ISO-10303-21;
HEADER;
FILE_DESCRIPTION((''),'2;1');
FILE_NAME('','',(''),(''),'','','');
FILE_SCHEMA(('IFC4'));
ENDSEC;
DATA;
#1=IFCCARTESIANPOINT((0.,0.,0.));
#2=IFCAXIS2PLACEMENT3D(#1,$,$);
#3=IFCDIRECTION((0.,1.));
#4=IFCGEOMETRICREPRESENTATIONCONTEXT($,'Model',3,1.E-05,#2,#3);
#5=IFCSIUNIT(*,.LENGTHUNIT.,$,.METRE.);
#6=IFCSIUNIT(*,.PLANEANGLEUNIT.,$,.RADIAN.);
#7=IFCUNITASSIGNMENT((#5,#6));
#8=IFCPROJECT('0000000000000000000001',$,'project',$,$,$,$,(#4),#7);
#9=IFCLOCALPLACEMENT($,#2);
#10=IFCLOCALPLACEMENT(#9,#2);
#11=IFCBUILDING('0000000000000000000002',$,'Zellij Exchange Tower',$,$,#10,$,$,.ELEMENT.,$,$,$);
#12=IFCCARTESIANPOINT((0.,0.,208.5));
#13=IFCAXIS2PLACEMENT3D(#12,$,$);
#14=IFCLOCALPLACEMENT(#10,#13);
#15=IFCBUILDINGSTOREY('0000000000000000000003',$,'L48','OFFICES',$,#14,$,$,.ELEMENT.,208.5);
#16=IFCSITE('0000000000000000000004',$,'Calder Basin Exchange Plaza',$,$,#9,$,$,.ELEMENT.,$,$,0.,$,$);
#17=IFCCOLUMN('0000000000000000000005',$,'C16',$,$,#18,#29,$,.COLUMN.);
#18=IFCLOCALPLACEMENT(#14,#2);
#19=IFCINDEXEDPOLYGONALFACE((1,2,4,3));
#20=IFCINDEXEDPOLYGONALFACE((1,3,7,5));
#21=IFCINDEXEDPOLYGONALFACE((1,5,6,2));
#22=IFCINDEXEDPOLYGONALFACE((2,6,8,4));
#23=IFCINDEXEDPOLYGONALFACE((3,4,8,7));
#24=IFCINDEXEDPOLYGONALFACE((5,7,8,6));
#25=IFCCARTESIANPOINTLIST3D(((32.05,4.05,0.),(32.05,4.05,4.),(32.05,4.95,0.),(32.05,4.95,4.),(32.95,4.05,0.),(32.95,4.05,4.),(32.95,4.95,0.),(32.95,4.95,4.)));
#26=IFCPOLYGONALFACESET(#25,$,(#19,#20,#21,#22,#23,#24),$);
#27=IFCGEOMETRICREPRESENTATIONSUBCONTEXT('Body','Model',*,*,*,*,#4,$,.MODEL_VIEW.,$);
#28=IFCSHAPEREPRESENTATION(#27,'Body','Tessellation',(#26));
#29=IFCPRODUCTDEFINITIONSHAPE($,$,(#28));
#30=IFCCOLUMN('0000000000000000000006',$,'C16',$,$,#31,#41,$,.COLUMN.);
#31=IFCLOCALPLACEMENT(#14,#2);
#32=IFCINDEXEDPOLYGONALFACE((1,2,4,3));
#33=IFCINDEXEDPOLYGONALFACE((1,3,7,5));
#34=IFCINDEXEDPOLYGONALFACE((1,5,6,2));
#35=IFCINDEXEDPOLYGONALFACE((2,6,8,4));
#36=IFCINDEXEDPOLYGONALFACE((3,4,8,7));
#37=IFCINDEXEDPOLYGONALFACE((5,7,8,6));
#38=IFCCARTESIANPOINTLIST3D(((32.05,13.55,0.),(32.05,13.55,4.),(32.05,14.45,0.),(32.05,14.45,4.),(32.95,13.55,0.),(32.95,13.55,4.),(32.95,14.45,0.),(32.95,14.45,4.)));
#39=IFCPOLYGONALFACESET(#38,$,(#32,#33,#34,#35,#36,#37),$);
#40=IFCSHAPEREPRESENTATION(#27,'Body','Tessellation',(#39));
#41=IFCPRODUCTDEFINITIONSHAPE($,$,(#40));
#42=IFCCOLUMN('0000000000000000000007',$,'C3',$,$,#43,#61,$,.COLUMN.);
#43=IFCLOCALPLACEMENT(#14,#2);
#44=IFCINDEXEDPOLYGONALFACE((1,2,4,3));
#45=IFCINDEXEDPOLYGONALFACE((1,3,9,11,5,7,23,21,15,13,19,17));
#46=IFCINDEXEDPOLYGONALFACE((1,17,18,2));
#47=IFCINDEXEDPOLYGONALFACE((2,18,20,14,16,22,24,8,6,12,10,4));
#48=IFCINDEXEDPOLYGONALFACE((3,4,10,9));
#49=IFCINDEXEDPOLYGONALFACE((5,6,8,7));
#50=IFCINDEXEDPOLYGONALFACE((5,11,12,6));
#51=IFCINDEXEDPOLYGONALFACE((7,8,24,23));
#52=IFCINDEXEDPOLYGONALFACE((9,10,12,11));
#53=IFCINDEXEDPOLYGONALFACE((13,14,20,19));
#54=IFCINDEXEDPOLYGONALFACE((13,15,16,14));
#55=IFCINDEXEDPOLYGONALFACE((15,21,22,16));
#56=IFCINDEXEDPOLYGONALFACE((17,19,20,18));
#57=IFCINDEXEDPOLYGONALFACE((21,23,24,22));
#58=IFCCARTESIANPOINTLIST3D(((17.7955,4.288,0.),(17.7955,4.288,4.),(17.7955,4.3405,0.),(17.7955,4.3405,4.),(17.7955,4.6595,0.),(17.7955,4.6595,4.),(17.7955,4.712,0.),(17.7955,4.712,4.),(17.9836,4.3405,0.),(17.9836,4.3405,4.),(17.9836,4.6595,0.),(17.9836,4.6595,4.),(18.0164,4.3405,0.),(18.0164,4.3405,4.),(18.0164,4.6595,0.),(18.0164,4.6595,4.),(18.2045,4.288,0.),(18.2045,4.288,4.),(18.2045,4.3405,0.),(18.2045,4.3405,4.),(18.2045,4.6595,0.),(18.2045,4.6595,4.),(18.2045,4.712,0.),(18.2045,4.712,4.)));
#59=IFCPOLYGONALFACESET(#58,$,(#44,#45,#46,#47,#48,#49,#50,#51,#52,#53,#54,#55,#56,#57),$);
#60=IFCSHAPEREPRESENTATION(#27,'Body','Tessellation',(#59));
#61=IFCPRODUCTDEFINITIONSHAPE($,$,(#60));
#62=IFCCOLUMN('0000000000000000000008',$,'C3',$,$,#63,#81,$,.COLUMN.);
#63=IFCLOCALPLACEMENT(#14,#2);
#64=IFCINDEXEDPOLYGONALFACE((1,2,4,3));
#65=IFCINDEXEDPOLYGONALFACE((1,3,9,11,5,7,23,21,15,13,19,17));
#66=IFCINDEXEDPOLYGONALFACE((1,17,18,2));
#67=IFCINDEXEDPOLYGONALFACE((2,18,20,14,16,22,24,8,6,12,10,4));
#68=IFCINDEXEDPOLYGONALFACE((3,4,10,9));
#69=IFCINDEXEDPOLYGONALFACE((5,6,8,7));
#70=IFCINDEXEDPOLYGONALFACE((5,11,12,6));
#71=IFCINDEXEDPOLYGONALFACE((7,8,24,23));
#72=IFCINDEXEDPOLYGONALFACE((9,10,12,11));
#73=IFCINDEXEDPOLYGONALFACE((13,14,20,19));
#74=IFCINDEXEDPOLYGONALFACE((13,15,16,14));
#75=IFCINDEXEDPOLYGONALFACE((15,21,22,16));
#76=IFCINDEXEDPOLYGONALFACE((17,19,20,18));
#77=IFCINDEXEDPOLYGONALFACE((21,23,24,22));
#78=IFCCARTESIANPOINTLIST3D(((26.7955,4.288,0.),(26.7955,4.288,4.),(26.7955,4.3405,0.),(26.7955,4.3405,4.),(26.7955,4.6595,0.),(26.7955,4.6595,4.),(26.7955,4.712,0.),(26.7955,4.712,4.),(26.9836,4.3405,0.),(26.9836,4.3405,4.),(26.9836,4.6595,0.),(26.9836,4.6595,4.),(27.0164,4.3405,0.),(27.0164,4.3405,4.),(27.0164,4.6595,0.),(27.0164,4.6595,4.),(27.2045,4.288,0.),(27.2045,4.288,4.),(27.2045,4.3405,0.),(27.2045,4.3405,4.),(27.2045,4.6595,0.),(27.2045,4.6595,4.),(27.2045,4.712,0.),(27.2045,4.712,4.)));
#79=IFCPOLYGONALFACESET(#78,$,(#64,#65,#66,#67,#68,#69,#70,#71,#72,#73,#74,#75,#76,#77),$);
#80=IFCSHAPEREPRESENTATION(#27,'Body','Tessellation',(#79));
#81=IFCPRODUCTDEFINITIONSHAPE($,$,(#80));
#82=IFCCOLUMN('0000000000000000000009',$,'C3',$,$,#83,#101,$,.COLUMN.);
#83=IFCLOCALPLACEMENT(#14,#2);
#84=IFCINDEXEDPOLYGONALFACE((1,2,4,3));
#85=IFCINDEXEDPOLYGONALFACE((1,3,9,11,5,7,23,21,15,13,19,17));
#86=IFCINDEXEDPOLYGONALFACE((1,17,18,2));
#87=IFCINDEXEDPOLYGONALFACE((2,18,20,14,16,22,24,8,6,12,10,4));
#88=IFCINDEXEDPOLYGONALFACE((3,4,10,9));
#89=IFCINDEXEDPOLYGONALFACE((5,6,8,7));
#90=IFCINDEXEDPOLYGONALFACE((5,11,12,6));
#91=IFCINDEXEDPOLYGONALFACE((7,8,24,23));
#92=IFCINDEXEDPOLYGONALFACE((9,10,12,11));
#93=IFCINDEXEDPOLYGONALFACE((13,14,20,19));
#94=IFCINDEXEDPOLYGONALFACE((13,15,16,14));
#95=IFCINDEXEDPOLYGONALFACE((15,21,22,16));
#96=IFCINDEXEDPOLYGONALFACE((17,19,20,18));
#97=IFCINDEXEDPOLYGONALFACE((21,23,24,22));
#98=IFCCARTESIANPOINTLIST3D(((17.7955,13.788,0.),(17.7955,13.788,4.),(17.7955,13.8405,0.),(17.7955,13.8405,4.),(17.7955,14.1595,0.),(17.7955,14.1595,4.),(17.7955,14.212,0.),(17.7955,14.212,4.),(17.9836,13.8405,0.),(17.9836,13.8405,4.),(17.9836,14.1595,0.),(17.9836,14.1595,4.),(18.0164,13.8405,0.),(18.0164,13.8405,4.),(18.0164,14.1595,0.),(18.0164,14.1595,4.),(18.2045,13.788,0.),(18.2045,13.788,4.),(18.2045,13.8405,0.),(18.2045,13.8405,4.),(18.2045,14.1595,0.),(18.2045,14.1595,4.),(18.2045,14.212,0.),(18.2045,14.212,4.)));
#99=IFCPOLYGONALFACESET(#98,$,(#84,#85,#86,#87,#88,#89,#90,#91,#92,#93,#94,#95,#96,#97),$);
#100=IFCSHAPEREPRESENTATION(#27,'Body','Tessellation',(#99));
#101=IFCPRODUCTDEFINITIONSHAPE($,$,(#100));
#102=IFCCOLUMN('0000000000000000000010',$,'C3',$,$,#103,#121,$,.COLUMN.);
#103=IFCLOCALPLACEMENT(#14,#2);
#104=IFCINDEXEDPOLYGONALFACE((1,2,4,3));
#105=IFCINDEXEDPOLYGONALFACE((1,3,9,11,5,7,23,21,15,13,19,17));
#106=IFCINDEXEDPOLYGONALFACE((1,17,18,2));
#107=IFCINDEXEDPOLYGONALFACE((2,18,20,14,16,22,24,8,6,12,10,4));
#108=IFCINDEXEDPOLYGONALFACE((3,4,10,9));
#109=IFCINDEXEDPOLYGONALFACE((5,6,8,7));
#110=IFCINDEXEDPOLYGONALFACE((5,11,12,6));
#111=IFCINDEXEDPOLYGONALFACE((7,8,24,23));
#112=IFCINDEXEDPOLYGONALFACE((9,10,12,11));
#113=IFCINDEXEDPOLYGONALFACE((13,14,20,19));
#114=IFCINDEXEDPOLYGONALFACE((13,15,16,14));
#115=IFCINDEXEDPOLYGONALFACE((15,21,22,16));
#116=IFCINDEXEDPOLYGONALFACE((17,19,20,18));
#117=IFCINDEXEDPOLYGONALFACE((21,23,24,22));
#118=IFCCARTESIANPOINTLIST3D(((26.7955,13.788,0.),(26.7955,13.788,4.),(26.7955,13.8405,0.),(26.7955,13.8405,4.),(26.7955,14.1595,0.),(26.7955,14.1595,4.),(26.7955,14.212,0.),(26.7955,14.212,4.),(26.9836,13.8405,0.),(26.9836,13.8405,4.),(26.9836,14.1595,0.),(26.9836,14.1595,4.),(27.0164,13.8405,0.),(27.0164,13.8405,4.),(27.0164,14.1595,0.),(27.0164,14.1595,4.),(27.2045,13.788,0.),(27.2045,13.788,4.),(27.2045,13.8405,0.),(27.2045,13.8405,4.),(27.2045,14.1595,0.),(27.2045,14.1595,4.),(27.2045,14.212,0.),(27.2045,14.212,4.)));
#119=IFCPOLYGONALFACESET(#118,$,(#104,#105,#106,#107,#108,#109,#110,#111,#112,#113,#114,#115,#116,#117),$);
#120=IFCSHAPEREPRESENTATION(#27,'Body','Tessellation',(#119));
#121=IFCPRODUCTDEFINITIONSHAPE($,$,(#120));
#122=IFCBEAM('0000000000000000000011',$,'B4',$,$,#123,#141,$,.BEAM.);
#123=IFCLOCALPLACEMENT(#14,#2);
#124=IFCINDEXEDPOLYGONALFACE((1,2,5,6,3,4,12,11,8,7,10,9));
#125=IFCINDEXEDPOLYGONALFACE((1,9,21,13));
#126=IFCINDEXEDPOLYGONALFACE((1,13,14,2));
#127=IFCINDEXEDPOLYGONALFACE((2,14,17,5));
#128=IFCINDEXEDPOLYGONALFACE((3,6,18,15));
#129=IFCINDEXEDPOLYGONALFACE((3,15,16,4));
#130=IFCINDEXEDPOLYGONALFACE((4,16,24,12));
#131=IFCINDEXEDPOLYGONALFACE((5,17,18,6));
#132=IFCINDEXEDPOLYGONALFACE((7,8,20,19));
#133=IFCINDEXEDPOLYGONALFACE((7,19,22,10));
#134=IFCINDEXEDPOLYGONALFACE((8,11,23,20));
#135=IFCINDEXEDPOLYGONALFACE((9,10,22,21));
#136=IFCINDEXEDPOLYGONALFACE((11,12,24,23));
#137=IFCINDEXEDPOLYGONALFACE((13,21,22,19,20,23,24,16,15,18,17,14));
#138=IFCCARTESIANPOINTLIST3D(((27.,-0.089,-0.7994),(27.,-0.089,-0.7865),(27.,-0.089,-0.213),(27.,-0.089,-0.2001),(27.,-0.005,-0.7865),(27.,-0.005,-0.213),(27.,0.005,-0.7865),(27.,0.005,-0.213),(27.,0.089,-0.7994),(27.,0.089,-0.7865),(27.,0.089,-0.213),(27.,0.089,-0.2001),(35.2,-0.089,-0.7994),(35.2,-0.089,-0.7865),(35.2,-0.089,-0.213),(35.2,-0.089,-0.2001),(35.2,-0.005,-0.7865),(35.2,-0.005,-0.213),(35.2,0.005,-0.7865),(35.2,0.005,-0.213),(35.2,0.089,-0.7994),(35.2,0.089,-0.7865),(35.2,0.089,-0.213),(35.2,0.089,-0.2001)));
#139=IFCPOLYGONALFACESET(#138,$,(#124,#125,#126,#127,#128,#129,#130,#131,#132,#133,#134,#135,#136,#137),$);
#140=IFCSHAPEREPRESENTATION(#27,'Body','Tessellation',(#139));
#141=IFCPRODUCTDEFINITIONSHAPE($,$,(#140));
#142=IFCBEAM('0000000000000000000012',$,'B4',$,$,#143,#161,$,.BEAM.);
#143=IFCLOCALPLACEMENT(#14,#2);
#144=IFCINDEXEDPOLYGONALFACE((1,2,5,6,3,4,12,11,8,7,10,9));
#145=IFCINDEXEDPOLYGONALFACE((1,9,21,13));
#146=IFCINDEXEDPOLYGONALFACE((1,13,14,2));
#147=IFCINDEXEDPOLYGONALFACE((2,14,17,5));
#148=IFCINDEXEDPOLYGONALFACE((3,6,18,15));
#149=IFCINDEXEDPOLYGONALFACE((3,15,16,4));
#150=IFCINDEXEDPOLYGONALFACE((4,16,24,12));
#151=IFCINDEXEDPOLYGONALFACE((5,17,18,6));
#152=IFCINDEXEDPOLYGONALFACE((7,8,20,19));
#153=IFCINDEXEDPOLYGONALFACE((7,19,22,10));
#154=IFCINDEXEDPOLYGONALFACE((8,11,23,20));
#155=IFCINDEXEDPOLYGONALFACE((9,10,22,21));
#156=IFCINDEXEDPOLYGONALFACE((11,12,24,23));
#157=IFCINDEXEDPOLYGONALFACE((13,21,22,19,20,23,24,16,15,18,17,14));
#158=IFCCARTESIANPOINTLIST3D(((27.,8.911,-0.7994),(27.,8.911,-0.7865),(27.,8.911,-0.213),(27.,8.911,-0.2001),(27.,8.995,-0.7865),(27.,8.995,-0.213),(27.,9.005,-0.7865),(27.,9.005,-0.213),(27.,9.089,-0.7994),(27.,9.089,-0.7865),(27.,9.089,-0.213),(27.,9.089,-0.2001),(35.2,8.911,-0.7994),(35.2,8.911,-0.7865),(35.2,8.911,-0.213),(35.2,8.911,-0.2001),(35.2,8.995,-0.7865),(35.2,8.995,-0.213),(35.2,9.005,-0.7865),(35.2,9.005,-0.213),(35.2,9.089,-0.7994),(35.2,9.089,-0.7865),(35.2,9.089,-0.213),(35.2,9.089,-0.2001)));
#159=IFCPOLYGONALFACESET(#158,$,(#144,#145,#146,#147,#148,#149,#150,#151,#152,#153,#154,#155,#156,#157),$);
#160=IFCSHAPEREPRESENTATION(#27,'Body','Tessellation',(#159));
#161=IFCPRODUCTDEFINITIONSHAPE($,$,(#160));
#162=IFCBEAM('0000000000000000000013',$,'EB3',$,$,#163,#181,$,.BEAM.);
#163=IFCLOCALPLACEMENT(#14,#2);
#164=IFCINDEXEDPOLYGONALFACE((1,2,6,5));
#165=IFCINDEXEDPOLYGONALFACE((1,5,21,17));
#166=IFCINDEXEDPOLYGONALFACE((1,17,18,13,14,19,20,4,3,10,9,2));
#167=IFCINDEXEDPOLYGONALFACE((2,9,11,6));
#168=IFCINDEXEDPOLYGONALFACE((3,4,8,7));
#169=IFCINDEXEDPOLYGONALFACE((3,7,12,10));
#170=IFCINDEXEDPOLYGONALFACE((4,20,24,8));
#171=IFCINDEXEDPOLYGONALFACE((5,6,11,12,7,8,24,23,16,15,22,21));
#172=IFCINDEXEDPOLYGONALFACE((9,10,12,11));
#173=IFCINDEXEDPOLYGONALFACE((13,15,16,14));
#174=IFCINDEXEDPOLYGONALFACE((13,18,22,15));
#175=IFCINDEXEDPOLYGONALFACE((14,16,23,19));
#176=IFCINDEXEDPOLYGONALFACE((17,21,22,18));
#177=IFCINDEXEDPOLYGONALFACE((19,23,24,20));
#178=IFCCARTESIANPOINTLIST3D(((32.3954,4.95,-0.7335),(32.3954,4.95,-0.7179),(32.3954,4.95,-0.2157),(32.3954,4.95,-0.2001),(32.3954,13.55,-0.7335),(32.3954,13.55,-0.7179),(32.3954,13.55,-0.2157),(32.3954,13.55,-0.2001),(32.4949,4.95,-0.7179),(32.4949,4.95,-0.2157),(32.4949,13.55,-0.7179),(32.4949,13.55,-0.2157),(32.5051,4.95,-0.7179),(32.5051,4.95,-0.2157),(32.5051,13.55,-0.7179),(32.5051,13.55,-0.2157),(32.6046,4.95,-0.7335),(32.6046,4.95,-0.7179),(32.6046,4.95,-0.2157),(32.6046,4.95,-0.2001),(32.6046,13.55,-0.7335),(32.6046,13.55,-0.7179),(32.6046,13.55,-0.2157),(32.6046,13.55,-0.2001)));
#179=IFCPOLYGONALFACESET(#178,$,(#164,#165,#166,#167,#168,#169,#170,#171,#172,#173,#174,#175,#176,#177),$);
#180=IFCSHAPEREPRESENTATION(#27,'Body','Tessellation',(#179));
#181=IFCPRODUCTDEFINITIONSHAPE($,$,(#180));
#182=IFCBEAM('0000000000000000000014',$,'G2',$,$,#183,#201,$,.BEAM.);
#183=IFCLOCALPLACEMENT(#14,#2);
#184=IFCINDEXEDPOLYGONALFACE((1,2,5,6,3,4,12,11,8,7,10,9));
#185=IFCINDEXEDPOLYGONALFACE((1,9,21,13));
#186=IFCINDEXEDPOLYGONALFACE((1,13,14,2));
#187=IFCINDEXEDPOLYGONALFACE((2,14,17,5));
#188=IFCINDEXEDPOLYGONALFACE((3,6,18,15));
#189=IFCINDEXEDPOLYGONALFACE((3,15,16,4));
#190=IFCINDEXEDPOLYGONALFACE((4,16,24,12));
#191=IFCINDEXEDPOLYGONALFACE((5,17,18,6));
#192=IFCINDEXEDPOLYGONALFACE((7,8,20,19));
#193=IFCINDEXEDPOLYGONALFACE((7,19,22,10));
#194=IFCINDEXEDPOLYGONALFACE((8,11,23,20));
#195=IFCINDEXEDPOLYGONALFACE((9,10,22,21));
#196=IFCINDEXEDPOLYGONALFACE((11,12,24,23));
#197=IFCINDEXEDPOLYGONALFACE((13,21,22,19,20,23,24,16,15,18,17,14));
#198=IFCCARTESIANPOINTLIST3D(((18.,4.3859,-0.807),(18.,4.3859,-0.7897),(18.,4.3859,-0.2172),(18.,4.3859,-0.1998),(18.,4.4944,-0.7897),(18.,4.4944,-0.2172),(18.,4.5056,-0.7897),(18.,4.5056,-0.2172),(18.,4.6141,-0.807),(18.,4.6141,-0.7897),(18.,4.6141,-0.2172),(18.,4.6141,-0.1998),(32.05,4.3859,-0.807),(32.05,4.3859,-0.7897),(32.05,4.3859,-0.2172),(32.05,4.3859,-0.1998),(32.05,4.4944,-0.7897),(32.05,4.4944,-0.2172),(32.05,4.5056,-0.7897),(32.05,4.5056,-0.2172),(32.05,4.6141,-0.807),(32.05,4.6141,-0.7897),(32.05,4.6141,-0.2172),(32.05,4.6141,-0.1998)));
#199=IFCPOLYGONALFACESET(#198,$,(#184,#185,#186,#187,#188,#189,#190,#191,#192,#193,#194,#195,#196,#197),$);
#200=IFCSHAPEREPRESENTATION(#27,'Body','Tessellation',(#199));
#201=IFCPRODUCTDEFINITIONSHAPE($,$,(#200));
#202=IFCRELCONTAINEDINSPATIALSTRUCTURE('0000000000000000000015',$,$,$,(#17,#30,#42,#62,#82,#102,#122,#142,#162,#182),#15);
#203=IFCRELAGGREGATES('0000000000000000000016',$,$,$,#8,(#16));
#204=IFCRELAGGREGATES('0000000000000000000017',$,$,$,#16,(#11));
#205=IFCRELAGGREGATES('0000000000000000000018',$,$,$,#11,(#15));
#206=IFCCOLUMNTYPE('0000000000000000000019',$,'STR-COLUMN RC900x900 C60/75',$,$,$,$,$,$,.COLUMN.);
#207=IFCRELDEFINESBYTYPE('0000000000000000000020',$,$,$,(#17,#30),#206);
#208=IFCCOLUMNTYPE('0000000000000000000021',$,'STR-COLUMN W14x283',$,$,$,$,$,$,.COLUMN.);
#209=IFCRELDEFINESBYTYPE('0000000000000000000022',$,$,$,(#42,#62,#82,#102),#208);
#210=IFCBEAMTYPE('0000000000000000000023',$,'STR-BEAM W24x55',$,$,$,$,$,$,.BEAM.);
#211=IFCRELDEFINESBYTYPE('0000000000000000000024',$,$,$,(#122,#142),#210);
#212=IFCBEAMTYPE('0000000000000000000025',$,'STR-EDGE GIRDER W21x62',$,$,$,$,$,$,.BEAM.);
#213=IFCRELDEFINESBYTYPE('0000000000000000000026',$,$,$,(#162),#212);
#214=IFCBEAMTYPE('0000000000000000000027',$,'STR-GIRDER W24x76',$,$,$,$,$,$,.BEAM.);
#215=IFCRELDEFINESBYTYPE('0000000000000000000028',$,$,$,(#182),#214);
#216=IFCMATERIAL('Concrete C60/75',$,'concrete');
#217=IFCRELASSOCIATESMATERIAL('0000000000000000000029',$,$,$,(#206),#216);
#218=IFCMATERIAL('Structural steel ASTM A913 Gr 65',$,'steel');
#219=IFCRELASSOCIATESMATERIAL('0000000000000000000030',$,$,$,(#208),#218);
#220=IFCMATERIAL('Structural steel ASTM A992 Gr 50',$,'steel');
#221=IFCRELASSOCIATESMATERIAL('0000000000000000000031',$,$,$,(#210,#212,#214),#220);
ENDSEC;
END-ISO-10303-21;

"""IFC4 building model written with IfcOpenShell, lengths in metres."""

from ifc_helpers import new_model, si_unit, direction, frame, origin, origin_2d, place, context, subcontext, project, spatial, rectangle, i_section, extrude, material, material_profile, profile_set, type_object, element, save


model = new_model("IFC4")

# Units and contexts
model_context = context("Model", 3, precision=1e-05, world=origin(), true_north=direction((0.0, 1.0)))
body_context = subcontext(model_context, "Body", "Model", "MODEL_VIEW")
ifc_project = project(units=[si_unit("LENGTHUNIT", "METRE"), si_unit("PLANEANGLEUNIT", "RADIAN")], contexts=[model_context])

# Site, building, storey
site_placement = place(None, origin())
site = spatial("IfcSite", under=ifc_project, at=site_placement, Name="Calder Basin Exchange Plaza", CompositionType="ELEMENT", RefElevation=0.0)
building_placement = place(site_placement, origin())
building = spatial("IfcBuilding", under=site, at=building_placement, Name="Zellij Exchange Tower", CompositionType="ELEMENT")
storey_placement = place(building_placement, frame((0.0, 0.0, 208.5)))
storey = spatial("IfcBuildingStorey", under=building, at=storey_placement, Name="L48", Description="OFFICES", CompositionType="ELEMENT", Elevation=208.5)

# Columns
ifc_material_1 = material(Name="Concrete C60/75", Category="concrete")
ifc_material_profile_1 = material_profile(ifc_material_1, rectangle(XDim=0.8999, YDim=0.8999, at=origin_2d()), Name="STR-COLUMN RC900x900 C60/75")
ifc_profile_set_1 = profile_set([ifc_material_profile_1], Name="Concrete C60/75")
column_type_1 = type_object("IfcColumnType", Name="STR-COLUMN RC900x900 C60/75", PredefinedType="COLUMN", material=ifc_profile_set_1)
for number, where, z_axis, x_axis, name in (
    (1, (32.5, 4.5, 0.0), (0.0, 0.0, 1.0), (1.0, 0.0, 0.0), "C16"),
    (2, (32.5, 14.0, 0.0), (0.0, 0.0, 1.0), (1.0, 0.0, 0.0), "C16"),
):
    element("IfcColumn", number, at=place(storey_placement, frame(where, z_axis=z_axis, x_axis=x_axis)), inside=storey, type_object=column_type_1, Name=name, PredefinedType="COLUMN", context=body_context, shape_type="SweptSolid", body=[
        extrude(rectangle(XDim=0.8999, YDim=0.8999, at=origin_2d()), origin(), (0.0, 0.0, 1.0), 4.0),
    ])
ifc_material_2 = material(Name="Structural steel ASTM A913 Gr 65", Category="steel")
ifc_material_profile_2 = material_profile(ifc_material_2, i_section(OverallWidth=0.4089, OverallDepth=0.4241, WebThickness=0.0327, FlangeThickness=0.0525, at=origin_2d()), Name="W14x283")
ifc_profile_set_2 = profile_set([ifc_material_profile_2], Name="Structural steel ASTM A913 Gr 65")
column_type_2 = type_object("IfcColumnType", Name="STR-COLUMN W14x283", PredefinedType="COLUMN", material=ifc_profile_set_2)
for number, where, z_axis, x_axis, name in (
    (3, (18.0, 4.5, 0.0), (0.0, 0.0, 1.0), (1.0, 0.0, 0.0), "C3"),
    (4, (27.0, 4.5, 0.0), (0.0, 0.0, 1.0), (1.0, 0.0, 0.0), "C3"),
    (5, (18.0, 14.0, 0.0), (0.0, 0.0, 1.0), (1.0, 0.0, 0.0), "C3"),
    (6, (27.0, 14.0, 0.0), (0.0, 0.0, 1.0), (1.0, 0.0, 0.0), "C3"),
):
    element("IfcColumn", number, at=place(storey_placement, frame(where, z_axis=z_axis, x_axis=x_axis)), inside=storey, type_object=column_type_2, Name=name, PredefinedType="COLUMN", context=body_context, shape_type="SweptSolid", body=[
        extrude(i_section(OverallWidth=0.4089, OverallDepth=0.4241, WebThickness=0.0327, FlangeThickness=0.0525, at=origin_2d()), origin(), (0.0, 0.0, 1.0), 4.0),
    ])

# Beams
ifc_material_3 = material(Name="Structural steel ASTM A992 Gr 50", Category="steel")
ifc_material_profile_3 = material_profile(ifc_material_3, i_section(OverallWidth=0.178, OverallDepth=0.5994, WebThickness=0.01, FlangeThickness=0.0129, at=origin_2d()), Name="W24x55")
ifc_profile_set_3 = profile_set([ifc_material_profile_3], Name="Structural steel ASTM A992 Gr 50")
beam_type_1 = type_object("IfcBeamType", Name="STR-BEAM W24x55", PredefinedType="BEAM", material=ifc_profile_set_3)
for number, where, z_axis, x_axis, name in (
    (7, (27.0, 0.0, -0.4998), (1.0, 0.0, 0.0), (0.0, 1.0, 0.0), "B4"),
    (8, (27.0, 9.0, -0.4998), (1.0, 0.0, 0.0), (0.0, 1.0, 0.0), "B4"),
):
    element("IfcBeam", number, at=place(storey_placement, frame(where, z_axis=z_axis, x_axis=x_axis)), inside=storey, type_object=beam_type_1, Name=name, PredefinedType="BEAM", context=body_context, shape_type="SweptSolid", body=[
        extrude(i_section(OverallWidth=0.178, OverallDepth=0.5994, WebThickness=0.01, FlangeThickness=0.0129, at=origin_2d()), origin(), (0.0, 0.0, 1.0), 8.2),
    ])
ifc_material_profile_4 = material_profile(ifc_material_3, i_section(OverallWidth=0.2092, OverallDepth=0.5334, WebThickness=0.0103, FlangeThickness=0.0156, at=origin_2d()), Name="W21x62")
ifc_profile_set_4 = profile_set([ifc_material_profile_4], Name="Structural steel ASTM A992 Gr 50")
beam_type_2 = type_object("IfcBeamType", Name="STR-EDGE GIRDER W21x62", PredefinedType="BEAM", material=ifc_profile_set_4)
beam_1_placement = place(storey_placement, frame((32.5, 4.95, -0.4668), z_axis=(0.0, 1.0, 0.0), x_axis=(-1.0, 0.0, 0.0)))
element("IfcBeam", 9, at=beam_1_placement, inside=storey, type_object=beam_type_2, Name="EB3", PredefinedType="BEAM", context=body_context, shape_type="SweptSolid", body=[
    extrude(i_section(OverallWidth=0.2092, OverallDepth=0.5334, WebThickness=0.0103, FlangeThickness=0.0156, at=origin_2d()), origin(), (0.0, 0.0, 1.0), 8.6001),
])
ifc_material_profile_5 = material_profile(ifc_material_3, i_section(OverallWidth=0.2283, OverallDepth=0.6072, WebThickness=0.0112, FlangeThickness=0.0173, at=origin_2d()), Name="W24x76")
ifc_profile_set_5 = profile_set([ifc_material_profile_5], Name="Structural steel ASTM A992 Gr 50")
beam_type_3 = type_object("IfcBeamType", Name="STR-GIRDER W24x76", PredefinedType="BEAM", material=ifc_profile_set_5)
beam_2_placement = place(storey_placement, frame((18.0, 4.5, -0.5034), z_axis=(1.0, 0.0, 0.0), x_axis=(0.0, 1.0, 0.0)))
element("IfcBeam", 10, at=beam_2_placement, inside=storey, type_object=beam_type_3, Name="G2", PredefinedType="BEAM", context=body_context, shape_type="SweptSolid", body=[
    extrude(i_section(OverallWidth=0.2283, OverallDepth=0.6072, WebThickness=0.0112, FlangeThickness=0.0173, at=origin_2d()), origin(), (0.0, 0.0, 1.0), 14.05),
])

save(model, "model.ifc")
